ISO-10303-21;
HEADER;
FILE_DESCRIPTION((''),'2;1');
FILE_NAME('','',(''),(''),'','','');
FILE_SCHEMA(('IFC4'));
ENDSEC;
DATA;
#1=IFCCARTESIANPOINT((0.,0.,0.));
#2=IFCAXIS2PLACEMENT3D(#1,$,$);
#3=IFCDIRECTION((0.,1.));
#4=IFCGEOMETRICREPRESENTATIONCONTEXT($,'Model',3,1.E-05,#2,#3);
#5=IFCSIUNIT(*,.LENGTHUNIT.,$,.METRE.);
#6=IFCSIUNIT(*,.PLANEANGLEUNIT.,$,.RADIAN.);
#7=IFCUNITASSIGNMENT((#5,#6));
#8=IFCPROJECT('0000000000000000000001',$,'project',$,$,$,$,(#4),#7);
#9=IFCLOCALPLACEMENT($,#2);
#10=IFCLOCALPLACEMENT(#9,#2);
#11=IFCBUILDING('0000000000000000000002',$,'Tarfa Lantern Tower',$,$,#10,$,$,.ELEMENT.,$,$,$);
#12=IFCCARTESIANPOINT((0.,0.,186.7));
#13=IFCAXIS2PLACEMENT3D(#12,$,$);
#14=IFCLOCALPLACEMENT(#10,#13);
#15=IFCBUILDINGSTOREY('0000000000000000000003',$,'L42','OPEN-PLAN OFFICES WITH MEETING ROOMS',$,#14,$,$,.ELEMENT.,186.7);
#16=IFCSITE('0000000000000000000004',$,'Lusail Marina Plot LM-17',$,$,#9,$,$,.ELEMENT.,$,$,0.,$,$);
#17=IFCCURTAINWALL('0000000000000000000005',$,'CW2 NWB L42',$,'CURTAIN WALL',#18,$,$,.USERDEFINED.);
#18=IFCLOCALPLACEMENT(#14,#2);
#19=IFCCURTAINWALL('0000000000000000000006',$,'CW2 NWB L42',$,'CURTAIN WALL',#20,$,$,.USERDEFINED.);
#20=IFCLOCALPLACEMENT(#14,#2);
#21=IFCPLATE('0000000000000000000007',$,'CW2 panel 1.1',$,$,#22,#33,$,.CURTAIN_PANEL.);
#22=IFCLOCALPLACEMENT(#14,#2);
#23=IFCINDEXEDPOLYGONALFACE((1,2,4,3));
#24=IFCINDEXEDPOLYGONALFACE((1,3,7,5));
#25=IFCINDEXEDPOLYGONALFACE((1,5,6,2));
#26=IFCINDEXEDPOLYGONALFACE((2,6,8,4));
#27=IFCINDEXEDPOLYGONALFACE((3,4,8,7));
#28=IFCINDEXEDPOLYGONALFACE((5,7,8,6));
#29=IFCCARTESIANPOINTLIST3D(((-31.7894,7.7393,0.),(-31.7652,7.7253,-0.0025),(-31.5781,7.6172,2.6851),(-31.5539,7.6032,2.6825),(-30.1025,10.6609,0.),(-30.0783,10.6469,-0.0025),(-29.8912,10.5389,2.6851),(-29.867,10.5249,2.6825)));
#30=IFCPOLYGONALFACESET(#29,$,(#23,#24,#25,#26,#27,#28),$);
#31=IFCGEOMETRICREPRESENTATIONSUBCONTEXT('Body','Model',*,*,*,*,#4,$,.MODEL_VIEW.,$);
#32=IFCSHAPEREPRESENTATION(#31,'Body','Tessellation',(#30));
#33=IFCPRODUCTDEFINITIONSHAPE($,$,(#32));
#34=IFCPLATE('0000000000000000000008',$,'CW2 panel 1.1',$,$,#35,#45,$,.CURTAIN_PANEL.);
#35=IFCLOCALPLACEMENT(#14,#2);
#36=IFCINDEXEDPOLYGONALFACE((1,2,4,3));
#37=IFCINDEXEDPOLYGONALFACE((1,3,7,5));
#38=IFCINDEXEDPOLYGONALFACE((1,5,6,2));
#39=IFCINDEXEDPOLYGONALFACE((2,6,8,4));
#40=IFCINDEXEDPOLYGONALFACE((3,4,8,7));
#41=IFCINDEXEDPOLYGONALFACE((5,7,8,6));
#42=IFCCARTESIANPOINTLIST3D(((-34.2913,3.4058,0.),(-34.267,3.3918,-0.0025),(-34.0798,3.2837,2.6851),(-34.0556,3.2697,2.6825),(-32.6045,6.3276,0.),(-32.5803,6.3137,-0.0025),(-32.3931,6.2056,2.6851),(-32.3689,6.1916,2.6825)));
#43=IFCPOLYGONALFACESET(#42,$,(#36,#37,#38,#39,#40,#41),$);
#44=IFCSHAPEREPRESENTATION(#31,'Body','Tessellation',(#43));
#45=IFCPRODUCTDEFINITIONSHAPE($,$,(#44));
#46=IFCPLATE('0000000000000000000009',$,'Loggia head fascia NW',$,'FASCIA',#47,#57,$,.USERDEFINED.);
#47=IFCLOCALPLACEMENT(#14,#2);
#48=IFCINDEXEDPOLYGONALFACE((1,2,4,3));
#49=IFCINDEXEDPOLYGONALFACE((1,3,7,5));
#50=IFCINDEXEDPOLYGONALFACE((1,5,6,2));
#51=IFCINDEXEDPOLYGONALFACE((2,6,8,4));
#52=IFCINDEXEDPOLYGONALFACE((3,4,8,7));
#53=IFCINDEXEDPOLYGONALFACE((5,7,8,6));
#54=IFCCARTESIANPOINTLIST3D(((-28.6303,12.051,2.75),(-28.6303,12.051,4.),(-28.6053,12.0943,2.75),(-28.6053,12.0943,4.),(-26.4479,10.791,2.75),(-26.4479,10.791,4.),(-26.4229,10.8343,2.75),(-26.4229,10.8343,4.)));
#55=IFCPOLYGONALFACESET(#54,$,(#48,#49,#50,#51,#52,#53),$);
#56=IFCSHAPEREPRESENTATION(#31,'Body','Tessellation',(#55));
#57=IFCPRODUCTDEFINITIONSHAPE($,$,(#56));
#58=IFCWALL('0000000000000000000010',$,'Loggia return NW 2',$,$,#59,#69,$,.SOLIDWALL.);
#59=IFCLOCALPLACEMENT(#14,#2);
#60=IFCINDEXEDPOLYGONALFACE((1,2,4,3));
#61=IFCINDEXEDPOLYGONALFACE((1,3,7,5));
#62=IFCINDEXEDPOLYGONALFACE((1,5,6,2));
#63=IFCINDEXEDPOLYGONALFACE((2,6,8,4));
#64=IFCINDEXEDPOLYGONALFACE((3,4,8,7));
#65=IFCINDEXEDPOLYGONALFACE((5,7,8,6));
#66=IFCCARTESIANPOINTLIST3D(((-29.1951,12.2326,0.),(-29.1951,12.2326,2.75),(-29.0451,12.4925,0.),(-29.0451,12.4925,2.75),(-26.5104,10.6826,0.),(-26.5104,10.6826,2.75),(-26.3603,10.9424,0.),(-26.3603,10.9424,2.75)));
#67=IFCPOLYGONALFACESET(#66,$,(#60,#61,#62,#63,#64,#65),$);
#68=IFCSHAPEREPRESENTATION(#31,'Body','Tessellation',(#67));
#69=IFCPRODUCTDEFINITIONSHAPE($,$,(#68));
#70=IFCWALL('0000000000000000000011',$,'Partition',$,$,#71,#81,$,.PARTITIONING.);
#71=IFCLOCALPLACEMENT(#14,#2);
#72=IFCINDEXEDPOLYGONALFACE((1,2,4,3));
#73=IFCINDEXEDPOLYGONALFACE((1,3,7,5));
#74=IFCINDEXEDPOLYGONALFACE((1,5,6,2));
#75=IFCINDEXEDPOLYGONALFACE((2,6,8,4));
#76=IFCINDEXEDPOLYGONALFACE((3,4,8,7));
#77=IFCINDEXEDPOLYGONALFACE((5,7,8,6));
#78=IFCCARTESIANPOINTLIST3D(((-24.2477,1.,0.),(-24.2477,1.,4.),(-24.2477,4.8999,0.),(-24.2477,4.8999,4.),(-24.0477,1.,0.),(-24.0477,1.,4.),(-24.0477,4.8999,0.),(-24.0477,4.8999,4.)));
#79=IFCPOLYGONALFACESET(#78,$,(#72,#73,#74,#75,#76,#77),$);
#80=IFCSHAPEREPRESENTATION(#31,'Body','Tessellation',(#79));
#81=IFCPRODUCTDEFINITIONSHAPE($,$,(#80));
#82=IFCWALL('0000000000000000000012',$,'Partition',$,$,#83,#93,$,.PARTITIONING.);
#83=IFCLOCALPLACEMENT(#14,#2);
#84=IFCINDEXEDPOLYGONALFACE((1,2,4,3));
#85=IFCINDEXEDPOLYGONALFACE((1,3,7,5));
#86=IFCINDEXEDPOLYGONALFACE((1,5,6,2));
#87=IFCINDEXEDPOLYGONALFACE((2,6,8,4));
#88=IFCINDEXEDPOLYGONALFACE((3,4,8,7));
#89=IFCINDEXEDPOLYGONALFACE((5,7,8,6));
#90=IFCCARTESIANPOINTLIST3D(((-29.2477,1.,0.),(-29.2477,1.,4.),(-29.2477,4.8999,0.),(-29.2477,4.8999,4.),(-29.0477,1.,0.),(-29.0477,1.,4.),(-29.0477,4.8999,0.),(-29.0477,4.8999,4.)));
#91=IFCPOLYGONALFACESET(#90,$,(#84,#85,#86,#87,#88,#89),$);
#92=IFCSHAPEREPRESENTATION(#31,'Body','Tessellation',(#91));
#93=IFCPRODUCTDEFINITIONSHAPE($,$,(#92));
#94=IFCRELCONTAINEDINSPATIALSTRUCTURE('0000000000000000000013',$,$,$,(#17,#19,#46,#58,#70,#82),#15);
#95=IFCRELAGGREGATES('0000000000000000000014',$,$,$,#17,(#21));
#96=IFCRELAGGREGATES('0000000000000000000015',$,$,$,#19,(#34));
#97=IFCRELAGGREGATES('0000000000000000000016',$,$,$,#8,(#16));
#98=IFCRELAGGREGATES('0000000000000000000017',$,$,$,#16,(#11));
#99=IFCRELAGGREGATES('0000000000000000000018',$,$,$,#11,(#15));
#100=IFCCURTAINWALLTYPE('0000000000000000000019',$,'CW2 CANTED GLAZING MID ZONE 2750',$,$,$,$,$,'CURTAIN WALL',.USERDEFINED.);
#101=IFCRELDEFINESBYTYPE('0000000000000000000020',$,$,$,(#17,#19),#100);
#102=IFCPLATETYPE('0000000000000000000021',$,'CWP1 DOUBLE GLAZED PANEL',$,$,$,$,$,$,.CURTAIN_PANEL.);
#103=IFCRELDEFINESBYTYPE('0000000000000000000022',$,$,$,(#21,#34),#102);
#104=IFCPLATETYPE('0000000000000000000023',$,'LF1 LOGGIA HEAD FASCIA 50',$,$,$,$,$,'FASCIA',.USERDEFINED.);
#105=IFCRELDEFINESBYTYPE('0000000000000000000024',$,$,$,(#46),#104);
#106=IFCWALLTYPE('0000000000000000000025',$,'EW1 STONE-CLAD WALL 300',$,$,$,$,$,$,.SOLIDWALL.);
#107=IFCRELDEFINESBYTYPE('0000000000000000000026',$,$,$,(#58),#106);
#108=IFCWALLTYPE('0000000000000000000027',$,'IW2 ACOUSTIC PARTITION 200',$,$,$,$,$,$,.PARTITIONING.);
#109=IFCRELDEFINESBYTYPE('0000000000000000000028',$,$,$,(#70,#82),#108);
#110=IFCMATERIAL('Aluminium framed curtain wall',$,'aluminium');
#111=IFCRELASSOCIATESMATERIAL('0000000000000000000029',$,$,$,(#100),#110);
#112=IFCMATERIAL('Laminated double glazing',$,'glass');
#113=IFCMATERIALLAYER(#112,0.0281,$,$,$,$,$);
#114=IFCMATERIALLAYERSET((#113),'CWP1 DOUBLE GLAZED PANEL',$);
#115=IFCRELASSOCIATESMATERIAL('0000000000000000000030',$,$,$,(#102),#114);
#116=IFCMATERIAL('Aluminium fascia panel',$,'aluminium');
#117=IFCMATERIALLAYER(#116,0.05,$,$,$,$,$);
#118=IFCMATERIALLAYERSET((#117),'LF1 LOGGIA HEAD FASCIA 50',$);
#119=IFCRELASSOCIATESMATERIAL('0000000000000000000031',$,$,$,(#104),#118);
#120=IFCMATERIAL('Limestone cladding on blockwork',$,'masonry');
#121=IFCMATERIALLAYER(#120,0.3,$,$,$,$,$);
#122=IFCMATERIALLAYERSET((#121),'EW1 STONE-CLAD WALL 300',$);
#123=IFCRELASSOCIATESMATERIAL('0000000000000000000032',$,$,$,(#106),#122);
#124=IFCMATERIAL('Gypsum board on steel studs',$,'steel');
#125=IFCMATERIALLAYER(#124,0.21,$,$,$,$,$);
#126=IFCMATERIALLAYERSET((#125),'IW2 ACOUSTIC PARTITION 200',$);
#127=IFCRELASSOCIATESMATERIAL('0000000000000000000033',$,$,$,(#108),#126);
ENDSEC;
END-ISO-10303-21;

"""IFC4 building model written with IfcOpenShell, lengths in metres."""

from ifc_helpers import new_model, si_unit, direction, frame, frame_2d, origin, origin_2d, place, context, subcontext, project, spatial, polyline, rectangle, outline, extrude, material, layer, layer_set, type_object, element, aggregate, save


model = new_model("IFC4")

# Units and contexts
model_context = context("Model", 3, precision=1e-05, world=origin(), true_north=direction((0.0, 1.0)))
body_context = subcontext(model_context, "Body", "Model", "MODEL_VIEW")
ifc_project = project(units=[si_unit("LENGTHUNIT", "METRE"), si_unit("PLANEANGLEUNIT", "RADIAN")], contexts=[model_context])

# Site, building, storey
site_placement = place(None, origin())
site = spatial("IfcSite", under=ifc_project, at=site_placement, Name="Lusail Marina Plot LM-17", CompositionType="ELEMENT", RefElevation=0.0)
building_placement = place(site_placement, origin())
building = spatial("IfcBuilding", under=site, at=building_placement, Name="Tarfa Lantern Tower", CompositionType="ELEMENT")
storey_placement = place(building_placement, frame((0.0, 0.0, 186.7)))
storey = spatial("IfcBuildingStorey", under=building, at=storey_placement, Name="L42", Description="OPEN-PLAN OFFICES WITH MEETING ROOMS", CompositionType="ELEMENT", Elevation=186.7)

# Curtain walls
ifc_material_1 = material(Name="Aluminium framed curtain wall", Category="aluminium")
curtain_wall_type_1 = type_object("IfcCurtainWallType", Name="CW2 CANTED GLAZING MID ZONE 2750", ElementType="CURTAIN WALL", PredefinedType="USERDEFINED", material=ifc_material_1)
curtain_wall_1_placement = place(storey_placement, origin())
curtain_wall_1 = element("IfcCurtainWall", 1, at=curtain_wall_1_placement, inside=storey, type_object=curtain_wall_type_1, Name="CW2 NWB L42", ObjectType="CURTAIN WALL", PredefinedType="USERDEFINED")
curtain_wall_2_placement = place(storey_placement, origin())
curtain_wall_2 = element("IfcCurtainWall", 2, at=curtain_wall_2_placement, inside=storey, type_object=curtain_wall_type_1, Name="CW2 NWB L42", ObjectType="CURTAIN WALL", PredefinedType="USERDEFINED")

# Plates
ifc_material_2 = material(Name="Laminated double glazing", Category="glass")
ifc_layer_1 = layer(ifc_material_2, 0.0281)
ifc_layer_set_1 = layer_set([ifc_layer_1], Name="CWP1 DOUBLE GLAZED PANEL")
plate_type_1 = type_object("IfcPlateType", Name="CWP1 DOUBLE GLAZED PANEL", PredefinedType="CURTAIN_PANEL", material=ifc_layer_set_1)
plate_1_placement = place(storey_placement, frame((-30.1025, 10.6609, 0.0), z_axis=(-0.86246, 0.497967, 0.090511), x_axis=(-0.500019, -0.866015, 0.000003)))
plate_1 = element("IfcPlate", 3, at=plate_1_placement, type_object=plate_type_1, Name="CW2 panel 1.1", PredefinedType="CURTAIN_PANEL", context=body_context, shape_type="SweptSolid", body=[
    extrude(outline(polyline([(0.0, 0.0), (3.3736, 0.0), (3.3737, 2.6961), (0.0, 2.6961), (0.0, 0.0)])), origin(), (0.0, 0.0, -1.0), 0.0281),
])
aggregate(curtain_wall_1, [plate_1])
plate_2_placement = place(storey_placement, frame((-32.6045, 6.3276, 0.0), z_axis=(-0.86249, 0.497907, 0.09055), x_axis=(-0.49996, -0.866048, 0.0)))
plate_2 = element("IfcPlate", 4, at=plate_2_placement, type_object=plate_type_1, Name="CW2 panel 1.1", PredefinedType="CURTAIN_PANEL", context=body_context, shape_type="SweptSolid", body=[
    extrude(outline(polyline([(0.0, 0.0), (3.3738, 0.0), (3.3738, 2.6961), (0.0, 2.6961), (0.0, 0.0)])), origin(), (0.0, 0.0, -1.0), 0.0281),
])
aggregate(curtain_wall_2, [plate_2])
ifc_material_3 = material(Name="Aluminium fascia panel", Category="aluminium")
ifc_layer_2 = layer(ifc_material_3, 0.05)
ifc_layer_set_2 = layer_set([ifc_layer_2], Name="LF1 LOGGIA HEAD FASCIA 50")
plate_type_2 = type_object("IfcPlateType", Name="LF1 LOGGIA HEAD FASCIA 50", ElementType="FASCIA", PredefinedType="USERDEFINED", material=ifc_layer_set_2)
plate_3_placement = place(storey_placement, frame((-27.5266, 11.4426, 2.75), z_axis=(0.0, 0.0, 1.0), x_axis=(0.866025, -0.5, 0.0)))
element("IfcPlate", 5, at=plate_3_placement, inside=storey, type_object=plate_type_2, Name="Loggia head fascia NW", ObjectType="FASCIA", PredefinedType="USERDEFINED", context=body_context, shape_type="SweptSolid", body=[
    extrude(rectangle(XDim=2.52, YDim=0.05, at=origin_2d()), origin(), (0.0, 0.0, 1.0), 1.25),
])

# Walls
ifc_material_4 = material(Name="Limestone cladding on blockwork", Category="masonry")
ifc_layer_3 = layer(ifc_material_4, 0.3)
ifc_layer_set_3 = layer_set([ifc_layer_3], Name="EW1 STONE-CLAD WALL 300")
wall_type_1 = type_object("IfcWallType", Name="EW1 STONE-CLAD WALL 300", PredefinedType="SOLIDWALL", material=ifc_layer_set_3)
wall_placement = place(storey_placement, frame((-29.1201, 12.3625, 0.0), z_axis=(0.0, 0.0, 1.0), x_axis=(0.86603, -0.499993, 0.0)))
element("IfcWall", 6, at=wall_placement, inside=storey, type_object=wall_type_1, Name="Loggia return NW 2", PredefinedType="SOLIDWALL", context=body_context, shape_type="SweptSolid", body=[
    extrude(rectangle(XDim=3.1001, YDim=0.3, at=frame_2d((1.55, 0.0))), origin(), (0.0, 0.0, 1.0), 2.75),
])
ifc_material_5 = material(Name="Gypsum board on steel studs", Category="steel")
ifc_layer_4 = layer(ifc_material_5, 0.21)
ifc_layer_set_4 = layer_set([ifc_layer_4], Name="IW2 ACOUSTIC PARTITION 200")
wall_type_2 = type_object("IfcWallType", Name="IW2 ACOUSTIC PARTITION 200", PredefinedType="PARTITIONING", material=ifc_layer_set_4)
for number, where, z_axis, x_axis, name in (
    (7, (-24.1477, 4.8999, 0.0), (0.0, 0.0, 1.0), (0.0, -1.0, 0.0), "Partition"),
    (8, (-29.1477, 4.8999, 0.0), (0.0, 0.0, 1.0), (0.0, -1.0, 0.0), "Partition"),
):
    element("IfcWall", number, at=place(storey_placement, frame(where, z_axis=z_axis, x_axis=x_axis)), inside=storey, type_object=wall_type_2, Name=name, PredefinedType="PARTITIONING", context=body_context, shape_type="SweptSolid", body=[
        extrude(rectangle(XDim=3.8999, YDim=0.2, at=frame_2d((1.95, 0.0))), origin(), (0.0, 0.0, 1.0), 4.0),
    ])

save(model, "model.ifc")
